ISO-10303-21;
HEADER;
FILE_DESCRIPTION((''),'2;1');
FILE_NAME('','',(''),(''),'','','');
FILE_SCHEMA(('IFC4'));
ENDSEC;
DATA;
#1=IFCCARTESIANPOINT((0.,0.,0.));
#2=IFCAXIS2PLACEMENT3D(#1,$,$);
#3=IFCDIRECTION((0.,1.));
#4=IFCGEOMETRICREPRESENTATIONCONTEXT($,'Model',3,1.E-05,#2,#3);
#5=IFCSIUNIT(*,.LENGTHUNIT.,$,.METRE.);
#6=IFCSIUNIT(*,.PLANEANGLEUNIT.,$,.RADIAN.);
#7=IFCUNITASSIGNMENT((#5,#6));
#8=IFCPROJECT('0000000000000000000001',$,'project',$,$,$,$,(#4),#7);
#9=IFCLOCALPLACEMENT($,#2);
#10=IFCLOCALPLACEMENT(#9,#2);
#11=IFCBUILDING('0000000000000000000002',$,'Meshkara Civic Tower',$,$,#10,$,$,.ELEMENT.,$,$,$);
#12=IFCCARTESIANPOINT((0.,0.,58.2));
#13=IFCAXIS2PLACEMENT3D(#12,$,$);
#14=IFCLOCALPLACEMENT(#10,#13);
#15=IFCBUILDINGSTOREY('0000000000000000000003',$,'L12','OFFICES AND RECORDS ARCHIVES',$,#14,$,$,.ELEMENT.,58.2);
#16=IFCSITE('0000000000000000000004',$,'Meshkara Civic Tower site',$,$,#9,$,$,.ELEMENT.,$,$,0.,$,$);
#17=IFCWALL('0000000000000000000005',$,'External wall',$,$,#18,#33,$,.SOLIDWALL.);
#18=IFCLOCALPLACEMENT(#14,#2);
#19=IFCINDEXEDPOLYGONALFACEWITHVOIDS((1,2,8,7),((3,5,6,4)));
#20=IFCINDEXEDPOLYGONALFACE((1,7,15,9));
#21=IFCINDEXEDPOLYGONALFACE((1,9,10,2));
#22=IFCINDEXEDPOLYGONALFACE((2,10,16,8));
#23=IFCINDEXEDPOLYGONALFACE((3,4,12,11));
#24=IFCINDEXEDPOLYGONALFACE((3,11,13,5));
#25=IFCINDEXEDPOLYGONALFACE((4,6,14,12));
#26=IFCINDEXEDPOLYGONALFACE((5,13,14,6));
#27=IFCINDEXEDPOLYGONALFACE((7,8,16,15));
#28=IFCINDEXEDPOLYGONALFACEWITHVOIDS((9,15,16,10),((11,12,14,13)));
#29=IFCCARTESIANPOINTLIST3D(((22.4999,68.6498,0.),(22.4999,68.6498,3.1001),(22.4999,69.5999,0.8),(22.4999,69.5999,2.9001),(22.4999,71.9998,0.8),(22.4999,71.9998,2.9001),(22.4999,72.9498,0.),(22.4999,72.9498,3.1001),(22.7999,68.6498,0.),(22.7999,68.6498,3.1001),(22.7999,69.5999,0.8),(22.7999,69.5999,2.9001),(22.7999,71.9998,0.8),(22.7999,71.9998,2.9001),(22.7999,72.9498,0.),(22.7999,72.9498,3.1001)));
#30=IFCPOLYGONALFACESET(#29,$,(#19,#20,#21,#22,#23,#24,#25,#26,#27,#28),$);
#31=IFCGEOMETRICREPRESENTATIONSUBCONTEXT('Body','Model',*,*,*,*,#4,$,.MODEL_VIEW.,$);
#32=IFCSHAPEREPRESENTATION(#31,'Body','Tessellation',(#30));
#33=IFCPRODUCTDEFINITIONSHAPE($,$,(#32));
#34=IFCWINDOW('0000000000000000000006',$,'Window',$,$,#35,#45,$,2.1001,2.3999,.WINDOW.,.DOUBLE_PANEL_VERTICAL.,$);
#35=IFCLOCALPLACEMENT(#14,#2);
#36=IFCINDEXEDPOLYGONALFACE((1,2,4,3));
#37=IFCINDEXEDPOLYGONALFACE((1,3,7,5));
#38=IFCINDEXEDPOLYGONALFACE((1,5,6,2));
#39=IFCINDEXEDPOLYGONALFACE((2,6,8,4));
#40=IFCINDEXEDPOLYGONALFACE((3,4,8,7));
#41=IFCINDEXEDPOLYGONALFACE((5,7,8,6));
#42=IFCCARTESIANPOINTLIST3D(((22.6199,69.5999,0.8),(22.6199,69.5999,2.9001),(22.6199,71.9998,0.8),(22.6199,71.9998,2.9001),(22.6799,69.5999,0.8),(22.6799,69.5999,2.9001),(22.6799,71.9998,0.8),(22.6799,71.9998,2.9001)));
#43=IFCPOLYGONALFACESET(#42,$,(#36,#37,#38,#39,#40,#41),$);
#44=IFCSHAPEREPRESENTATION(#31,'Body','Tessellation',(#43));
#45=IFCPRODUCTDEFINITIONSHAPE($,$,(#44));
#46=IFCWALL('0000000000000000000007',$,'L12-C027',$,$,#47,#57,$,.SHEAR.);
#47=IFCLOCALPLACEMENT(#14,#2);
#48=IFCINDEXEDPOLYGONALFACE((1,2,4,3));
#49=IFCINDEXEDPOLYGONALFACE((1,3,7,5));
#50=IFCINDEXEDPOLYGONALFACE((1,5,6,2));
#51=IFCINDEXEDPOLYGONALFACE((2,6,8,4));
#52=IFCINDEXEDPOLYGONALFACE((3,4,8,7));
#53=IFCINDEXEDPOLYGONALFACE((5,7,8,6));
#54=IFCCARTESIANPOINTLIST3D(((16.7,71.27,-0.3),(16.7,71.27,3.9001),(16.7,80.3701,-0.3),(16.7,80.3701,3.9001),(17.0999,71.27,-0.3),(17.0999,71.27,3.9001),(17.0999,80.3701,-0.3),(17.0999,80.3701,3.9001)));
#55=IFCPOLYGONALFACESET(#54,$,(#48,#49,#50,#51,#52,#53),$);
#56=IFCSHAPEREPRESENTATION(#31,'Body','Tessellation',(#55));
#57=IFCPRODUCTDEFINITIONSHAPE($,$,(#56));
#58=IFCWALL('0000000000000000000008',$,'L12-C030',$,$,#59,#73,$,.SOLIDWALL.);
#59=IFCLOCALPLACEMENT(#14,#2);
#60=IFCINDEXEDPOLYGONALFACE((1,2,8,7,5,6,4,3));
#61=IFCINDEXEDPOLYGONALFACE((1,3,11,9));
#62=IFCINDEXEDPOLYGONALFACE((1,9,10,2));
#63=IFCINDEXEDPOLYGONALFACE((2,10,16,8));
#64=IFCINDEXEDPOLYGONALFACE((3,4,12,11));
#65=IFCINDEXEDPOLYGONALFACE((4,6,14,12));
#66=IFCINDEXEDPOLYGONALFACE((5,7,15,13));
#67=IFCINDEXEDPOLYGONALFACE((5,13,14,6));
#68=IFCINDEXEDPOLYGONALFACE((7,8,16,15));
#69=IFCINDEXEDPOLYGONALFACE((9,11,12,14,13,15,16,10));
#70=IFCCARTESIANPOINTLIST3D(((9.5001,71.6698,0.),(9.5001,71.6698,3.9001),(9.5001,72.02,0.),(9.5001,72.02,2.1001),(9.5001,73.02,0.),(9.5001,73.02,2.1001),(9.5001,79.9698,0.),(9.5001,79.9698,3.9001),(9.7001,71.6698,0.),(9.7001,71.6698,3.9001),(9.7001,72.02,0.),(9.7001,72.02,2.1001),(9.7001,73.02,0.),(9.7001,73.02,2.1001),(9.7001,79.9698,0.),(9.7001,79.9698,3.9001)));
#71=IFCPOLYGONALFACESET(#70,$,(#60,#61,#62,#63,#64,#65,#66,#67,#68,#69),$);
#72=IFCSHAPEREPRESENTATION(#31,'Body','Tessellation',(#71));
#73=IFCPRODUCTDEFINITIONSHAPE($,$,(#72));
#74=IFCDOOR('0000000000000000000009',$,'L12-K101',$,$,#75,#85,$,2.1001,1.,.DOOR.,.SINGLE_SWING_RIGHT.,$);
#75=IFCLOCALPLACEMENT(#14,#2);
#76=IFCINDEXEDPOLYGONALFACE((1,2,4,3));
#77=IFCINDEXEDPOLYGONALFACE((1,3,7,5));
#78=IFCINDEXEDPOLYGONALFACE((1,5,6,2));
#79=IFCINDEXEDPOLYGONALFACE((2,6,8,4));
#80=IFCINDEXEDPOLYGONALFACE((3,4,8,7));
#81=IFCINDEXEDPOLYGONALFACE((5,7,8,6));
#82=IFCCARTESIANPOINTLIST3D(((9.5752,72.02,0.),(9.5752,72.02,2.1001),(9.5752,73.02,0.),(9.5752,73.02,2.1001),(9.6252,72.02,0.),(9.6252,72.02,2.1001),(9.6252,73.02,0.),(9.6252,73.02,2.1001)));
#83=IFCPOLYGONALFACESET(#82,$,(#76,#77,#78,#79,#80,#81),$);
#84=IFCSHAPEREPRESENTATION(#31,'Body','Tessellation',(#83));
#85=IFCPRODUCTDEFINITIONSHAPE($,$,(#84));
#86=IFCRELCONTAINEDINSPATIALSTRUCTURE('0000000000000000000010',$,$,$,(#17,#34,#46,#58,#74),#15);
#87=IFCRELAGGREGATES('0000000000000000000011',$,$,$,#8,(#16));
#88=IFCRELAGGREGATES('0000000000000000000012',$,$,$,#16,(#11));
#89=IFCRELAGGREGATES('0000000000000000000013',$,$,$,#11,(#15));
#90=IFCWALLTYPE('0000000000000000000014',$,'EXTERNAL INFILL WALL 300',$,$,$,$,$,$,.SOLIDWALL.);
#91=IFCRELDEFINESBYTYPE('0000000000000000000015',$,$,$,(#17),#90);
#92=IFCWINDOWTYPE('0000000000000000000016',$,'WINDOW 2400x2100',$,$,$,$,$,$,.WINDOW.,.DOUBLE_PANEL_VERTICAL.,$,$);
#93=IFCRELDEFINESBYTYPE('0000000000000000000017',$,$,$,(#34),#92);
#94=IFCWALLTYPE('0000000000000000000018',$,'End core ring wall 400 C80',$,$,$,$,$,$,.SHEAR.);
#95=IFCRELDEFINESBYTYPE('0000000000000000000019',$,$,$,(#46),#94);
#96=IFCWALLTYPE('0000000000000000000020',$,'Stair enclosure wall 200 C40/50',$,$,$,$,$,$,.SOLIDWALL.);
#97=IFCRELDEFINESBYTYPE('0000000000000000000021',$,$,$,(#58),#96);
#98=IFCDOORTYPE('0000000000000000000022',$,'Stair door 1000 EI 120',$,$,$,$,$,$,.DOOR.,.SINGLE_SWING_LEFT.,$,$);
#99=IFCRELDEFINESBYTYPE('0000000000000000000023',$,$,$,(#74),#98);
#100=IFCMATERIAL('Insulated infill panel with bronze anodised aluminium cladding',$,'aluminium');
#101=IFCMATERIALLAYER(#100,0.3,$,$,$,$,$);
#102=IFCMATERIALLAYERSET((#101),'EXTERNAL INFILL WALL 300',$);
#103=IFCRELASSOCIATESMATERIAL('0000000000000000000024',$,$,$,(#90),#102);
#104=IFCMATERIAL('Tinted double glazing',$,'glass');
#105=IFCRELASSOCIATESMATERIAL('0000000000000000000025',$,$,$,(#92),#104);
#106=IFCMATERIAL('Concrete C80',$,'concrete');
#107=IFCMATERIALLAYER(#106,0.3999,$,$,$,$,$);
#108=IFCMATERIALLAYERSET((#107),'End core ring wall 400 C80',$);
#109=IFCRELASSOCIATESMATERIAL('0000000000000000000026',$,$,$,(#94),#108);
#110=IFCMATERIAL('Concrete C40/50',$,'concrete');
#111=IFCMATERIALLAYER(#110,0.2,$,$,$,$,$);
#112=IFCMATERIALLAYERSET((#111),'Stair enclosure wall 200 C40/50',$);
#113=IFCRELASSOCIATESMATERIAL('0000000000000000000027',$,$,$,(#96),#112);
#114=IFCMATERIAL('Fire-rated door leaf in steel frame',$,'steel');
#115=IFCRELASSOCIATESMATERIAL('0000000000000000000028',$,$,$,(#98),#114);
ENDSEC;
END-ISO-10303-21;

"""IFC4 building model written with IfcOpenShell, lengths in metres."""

from ifc_helpers import new_model, si_unit, direction, frame, frame_2d, origin, place, context, subcontext, project, spatial, rectangle, extrude, material, layer, layer_set, type_object, element, fill, save


model = new_model("IFC4")

# Units and contexts
model_context = context("Model", 3, precision=1e-05, world=origin(), true_north=direction((0.0, 1.0)))
body_context = subcontext(model_context, "Body", "Model", "MODEL_VIEW")
ifc_project = project(units=[si_unit("LENGTHUNIT", "METRE"), si_unit("PLANEANGLEUNIT", "RADIAN")], contexts=[model_context])

# Site, building, storey
site_placement = place(None, origin())
site = spatial("IfcSite", under=ifc_project, at=site_placement, Name="Meshkara Civic Tower site", CompositionType="ELEMENT", RefElevation=0.0)
building_placement = place(site_placement, origin())
building = spatial("IfcBuilding", under=site, at=building_placement, Name="Meshkara Civic Tower", CompositionType="ELEMENT")
storey_placement = place(building_placement, frame((0.0, 0.0, 58.2)))
storey = spatial("IfcBuildingStorey", under=building, at=storey_placement, Name="L12", Description="OFFICES AND RECORDS ARCHIVES", CompositionType="ELEMENT", Elevation=58.2)

# Wall, opening, window
ifc_material_1 = material(Name="Insulated infill panel with bronze anodised aluminium cladding", Category="aluminium")
ifc_layer_1 = layer(ifc_material_1, 0.3)
ifc_layer_set_1 = layer_set([ifc_layer_1], Name="EXTERNAL INFILL WALL 300")
wall_type_1 = type_object("IfcWallType", Name="EXTERNAL INFILL WALL 300", PredefinedType="SOLIDWALL", material=ifc_layer_set_1)
wall_1_placement = place(storey_placement, frame((22.6499, 68.6499, 0.0), z_axis=(0.0, 0.0, 1.0), x_axis=(0.0, 1.0, 0.0)))
wall_1 = element("IfcWall", 1, at=wall_1_placement, inside=storey, type_object=wall_type_1, Name="External wall", PredefinedType="SOLIDWALL", context=body_context, shape_type="SweptSolid", body=[
    extrude(rectangle(XDim=4.3, YDim=0.3, at=frame_2d((2.1499, 0.0))), origin(), (0.0, 0.0, 1.0), 3.1001),
])
opening_1_placement = place(wall_1_placement, frame((0.95, 0.0, 0.8)))
opening_1 = element("IfcOpeningElement", 2, at=opening_1_placement, cuts=wall_1, PredefinedType="OPENING", context=body_context, shape_type="SweptSolid", body=[
    extrude(rectangle(XDim=2.3999, YDim=2.1001, at=frame_2d((1.2, 1.05))), frame((0.0, 0.1599, 0.0), z_axis=(0.0, -1.0, 0.0), x_axis=(1.0, 0.0, 0.0)), (0.0, 0.0, 1.0), 0.3201),
])
ifc_material_2 = material(Name="Tinted double glazing", Category="glass")
window_type = type_object("IfcWindowType", Name="WINDOW 2400x2100", PartitioningType="DOUBLE_PANEL_VERTICAL", PredefinedType="WINDOW", material=ifc_material_2)
window_placement = place(opening_1_placement, origin())
window = element("IfcWindow", 3, at=window_placement, inside=storey, type_object=window_type, Name="Window", OverallHeight=2.1001, OverallWidth=2.3999, PartitioningType="DOUBLE_PANEL_VERTICAL", PredefinedType="WINDOW", context=body_context, shape_type="SweptSolid", body=[
    extrude(rectangle(XDim=2.3999, YDim=2.1001, at=frame_2d((1.2, 1.05))), frame((0.0, 0.03, 0.0), z_axis=(0.0, -1.0, 0.0), x_axis=(1.0, 0.0, 0.0)), (0.0, 0.0, 1.0), 0.0601),
])
fill(opening_1, window)

# Wall
ifc_material_3 = material(Name="Concrete C80", Category="concrete")
ifc_layer_2 = layer(ifc_material_3, 0.3999)
ifc_layer_set_2 = layer_set([ifc_layer_2], Name="End core ring wall 400 C80")
wall_type_2 = type_object("IfcWallType", Name="End core ring wall 400 C80", PredefinedType="SHEAR", material=ifc_layer_set_2)
wall_2_placement = place(storey_placement, frame((16.8999, 71.27, -0.3), z_axis=(0.0, 0.0, 1.0), x_axis=(0.0, 1.0, 0.0)))
element("IfcWall", 4, at=wall_2_placement, inside=storey, type_object=wall_type_2, Name="L12-C027", PredefinedType="SHEAR", context=body_context, shape_type="SweptSolid", body=[
    extrude(rectangle(XDim=9.1001, YDim=0.3999, at=frame_2d((4.55, 0.0))), origin(), (0.0, 0.0, 1.0), 4.2002),
])

# Wall, opening, door
ifc_material_4 = material(Name="Concrete C40/50", Category="concrete")
ifc_layer_3 = layer(ifc_material_4, 0.2)
ifc_layer_set_3 = layer_set([ifc_layer_3], Name="Stair enclosure wall 200 C40/50")
wall_type_3 = type_object("IfcWallType", Name="Stair enclosure wall 200 C40/50", PredefinedType="SOLIDWALL", material=ifc_layer_set_3)
wall_3_placement = place(storey_placement, frame((9.6001, 71.6699, 0.0), z_axis=(0.0, 0.0, 1.0), x_axis=(0.0, 1.0, 0.0)))
wall_3 = element("IfcWall", 5, at=wall_3_placement, inside=storey, type_object=wall_type_3, Name="L12-C030", PredefinedType="SOLIDWALL", context=body_context, shape_type="SweptSolid", body=[
    extrude(rectangle(XDim=8.3, YDim=0.2, at=frame_2d((4.1499, 0.0))), origin(), (0.0, 0.0, 1.0), 3.9001),
])
opening_2_placement = place(wall_3_placement, frame((0.3501, 0.0, 0.0)))
opening_2 = element("IfcOpeningElement", 6, at=opening_2_placement, cuts=wall_3, PredefinedType="OPENING", context=body_context, shape_type="SweptSolid", body=[
    extrude(rectangle(XDim=1.0, YDim=2.1001, at=frame_2d((0.5, 1.05))), frame((0.0, 0.1099, 0.0), z_axis=(0.0, -1.0, 0.0), x_axis=(1.0, 0.0, 0.0)), (0.0, 0.0, 1.0), 0.22),
])
ifc_material_5 = material(Name="Fire-rated door leaf in steel frame", Category="steel")
door_type_1 = type_object("IfcDoorType", Name="Stair door 1000 EI 120", OperationType="SINGLE_SWING_LEFT", PredefinedType="DOOR", material=ifc_material_5)
door_1_placement = place(opening_2_placement, origin())
door_1 = element("IfcDoor", 7, at=door_1_placement, inside=storey, type_object=door_type_1, Name="L12-K101", OperationType="SINGLE_SWING_RIGHT", OverallHeight=2.1001, OverallWidth=1.0, PredefinedType="DOOR", context=body_context, shape_type="SweptSolid", body=[
    extrude(rectangle(XDim=1.0, YDim=2.1001, at=frame_2d((0.5, 1.05))), frame((0.0, 0.0249, 0.0), z_axis=(0.0, -1.0, 0.0), x_axis=(1.0, 0.0, 0.0)), (0.0, 0.0, 1.0), 0.05),
])
fill(opening_2, door_1)

save(model, "model.ifc")
